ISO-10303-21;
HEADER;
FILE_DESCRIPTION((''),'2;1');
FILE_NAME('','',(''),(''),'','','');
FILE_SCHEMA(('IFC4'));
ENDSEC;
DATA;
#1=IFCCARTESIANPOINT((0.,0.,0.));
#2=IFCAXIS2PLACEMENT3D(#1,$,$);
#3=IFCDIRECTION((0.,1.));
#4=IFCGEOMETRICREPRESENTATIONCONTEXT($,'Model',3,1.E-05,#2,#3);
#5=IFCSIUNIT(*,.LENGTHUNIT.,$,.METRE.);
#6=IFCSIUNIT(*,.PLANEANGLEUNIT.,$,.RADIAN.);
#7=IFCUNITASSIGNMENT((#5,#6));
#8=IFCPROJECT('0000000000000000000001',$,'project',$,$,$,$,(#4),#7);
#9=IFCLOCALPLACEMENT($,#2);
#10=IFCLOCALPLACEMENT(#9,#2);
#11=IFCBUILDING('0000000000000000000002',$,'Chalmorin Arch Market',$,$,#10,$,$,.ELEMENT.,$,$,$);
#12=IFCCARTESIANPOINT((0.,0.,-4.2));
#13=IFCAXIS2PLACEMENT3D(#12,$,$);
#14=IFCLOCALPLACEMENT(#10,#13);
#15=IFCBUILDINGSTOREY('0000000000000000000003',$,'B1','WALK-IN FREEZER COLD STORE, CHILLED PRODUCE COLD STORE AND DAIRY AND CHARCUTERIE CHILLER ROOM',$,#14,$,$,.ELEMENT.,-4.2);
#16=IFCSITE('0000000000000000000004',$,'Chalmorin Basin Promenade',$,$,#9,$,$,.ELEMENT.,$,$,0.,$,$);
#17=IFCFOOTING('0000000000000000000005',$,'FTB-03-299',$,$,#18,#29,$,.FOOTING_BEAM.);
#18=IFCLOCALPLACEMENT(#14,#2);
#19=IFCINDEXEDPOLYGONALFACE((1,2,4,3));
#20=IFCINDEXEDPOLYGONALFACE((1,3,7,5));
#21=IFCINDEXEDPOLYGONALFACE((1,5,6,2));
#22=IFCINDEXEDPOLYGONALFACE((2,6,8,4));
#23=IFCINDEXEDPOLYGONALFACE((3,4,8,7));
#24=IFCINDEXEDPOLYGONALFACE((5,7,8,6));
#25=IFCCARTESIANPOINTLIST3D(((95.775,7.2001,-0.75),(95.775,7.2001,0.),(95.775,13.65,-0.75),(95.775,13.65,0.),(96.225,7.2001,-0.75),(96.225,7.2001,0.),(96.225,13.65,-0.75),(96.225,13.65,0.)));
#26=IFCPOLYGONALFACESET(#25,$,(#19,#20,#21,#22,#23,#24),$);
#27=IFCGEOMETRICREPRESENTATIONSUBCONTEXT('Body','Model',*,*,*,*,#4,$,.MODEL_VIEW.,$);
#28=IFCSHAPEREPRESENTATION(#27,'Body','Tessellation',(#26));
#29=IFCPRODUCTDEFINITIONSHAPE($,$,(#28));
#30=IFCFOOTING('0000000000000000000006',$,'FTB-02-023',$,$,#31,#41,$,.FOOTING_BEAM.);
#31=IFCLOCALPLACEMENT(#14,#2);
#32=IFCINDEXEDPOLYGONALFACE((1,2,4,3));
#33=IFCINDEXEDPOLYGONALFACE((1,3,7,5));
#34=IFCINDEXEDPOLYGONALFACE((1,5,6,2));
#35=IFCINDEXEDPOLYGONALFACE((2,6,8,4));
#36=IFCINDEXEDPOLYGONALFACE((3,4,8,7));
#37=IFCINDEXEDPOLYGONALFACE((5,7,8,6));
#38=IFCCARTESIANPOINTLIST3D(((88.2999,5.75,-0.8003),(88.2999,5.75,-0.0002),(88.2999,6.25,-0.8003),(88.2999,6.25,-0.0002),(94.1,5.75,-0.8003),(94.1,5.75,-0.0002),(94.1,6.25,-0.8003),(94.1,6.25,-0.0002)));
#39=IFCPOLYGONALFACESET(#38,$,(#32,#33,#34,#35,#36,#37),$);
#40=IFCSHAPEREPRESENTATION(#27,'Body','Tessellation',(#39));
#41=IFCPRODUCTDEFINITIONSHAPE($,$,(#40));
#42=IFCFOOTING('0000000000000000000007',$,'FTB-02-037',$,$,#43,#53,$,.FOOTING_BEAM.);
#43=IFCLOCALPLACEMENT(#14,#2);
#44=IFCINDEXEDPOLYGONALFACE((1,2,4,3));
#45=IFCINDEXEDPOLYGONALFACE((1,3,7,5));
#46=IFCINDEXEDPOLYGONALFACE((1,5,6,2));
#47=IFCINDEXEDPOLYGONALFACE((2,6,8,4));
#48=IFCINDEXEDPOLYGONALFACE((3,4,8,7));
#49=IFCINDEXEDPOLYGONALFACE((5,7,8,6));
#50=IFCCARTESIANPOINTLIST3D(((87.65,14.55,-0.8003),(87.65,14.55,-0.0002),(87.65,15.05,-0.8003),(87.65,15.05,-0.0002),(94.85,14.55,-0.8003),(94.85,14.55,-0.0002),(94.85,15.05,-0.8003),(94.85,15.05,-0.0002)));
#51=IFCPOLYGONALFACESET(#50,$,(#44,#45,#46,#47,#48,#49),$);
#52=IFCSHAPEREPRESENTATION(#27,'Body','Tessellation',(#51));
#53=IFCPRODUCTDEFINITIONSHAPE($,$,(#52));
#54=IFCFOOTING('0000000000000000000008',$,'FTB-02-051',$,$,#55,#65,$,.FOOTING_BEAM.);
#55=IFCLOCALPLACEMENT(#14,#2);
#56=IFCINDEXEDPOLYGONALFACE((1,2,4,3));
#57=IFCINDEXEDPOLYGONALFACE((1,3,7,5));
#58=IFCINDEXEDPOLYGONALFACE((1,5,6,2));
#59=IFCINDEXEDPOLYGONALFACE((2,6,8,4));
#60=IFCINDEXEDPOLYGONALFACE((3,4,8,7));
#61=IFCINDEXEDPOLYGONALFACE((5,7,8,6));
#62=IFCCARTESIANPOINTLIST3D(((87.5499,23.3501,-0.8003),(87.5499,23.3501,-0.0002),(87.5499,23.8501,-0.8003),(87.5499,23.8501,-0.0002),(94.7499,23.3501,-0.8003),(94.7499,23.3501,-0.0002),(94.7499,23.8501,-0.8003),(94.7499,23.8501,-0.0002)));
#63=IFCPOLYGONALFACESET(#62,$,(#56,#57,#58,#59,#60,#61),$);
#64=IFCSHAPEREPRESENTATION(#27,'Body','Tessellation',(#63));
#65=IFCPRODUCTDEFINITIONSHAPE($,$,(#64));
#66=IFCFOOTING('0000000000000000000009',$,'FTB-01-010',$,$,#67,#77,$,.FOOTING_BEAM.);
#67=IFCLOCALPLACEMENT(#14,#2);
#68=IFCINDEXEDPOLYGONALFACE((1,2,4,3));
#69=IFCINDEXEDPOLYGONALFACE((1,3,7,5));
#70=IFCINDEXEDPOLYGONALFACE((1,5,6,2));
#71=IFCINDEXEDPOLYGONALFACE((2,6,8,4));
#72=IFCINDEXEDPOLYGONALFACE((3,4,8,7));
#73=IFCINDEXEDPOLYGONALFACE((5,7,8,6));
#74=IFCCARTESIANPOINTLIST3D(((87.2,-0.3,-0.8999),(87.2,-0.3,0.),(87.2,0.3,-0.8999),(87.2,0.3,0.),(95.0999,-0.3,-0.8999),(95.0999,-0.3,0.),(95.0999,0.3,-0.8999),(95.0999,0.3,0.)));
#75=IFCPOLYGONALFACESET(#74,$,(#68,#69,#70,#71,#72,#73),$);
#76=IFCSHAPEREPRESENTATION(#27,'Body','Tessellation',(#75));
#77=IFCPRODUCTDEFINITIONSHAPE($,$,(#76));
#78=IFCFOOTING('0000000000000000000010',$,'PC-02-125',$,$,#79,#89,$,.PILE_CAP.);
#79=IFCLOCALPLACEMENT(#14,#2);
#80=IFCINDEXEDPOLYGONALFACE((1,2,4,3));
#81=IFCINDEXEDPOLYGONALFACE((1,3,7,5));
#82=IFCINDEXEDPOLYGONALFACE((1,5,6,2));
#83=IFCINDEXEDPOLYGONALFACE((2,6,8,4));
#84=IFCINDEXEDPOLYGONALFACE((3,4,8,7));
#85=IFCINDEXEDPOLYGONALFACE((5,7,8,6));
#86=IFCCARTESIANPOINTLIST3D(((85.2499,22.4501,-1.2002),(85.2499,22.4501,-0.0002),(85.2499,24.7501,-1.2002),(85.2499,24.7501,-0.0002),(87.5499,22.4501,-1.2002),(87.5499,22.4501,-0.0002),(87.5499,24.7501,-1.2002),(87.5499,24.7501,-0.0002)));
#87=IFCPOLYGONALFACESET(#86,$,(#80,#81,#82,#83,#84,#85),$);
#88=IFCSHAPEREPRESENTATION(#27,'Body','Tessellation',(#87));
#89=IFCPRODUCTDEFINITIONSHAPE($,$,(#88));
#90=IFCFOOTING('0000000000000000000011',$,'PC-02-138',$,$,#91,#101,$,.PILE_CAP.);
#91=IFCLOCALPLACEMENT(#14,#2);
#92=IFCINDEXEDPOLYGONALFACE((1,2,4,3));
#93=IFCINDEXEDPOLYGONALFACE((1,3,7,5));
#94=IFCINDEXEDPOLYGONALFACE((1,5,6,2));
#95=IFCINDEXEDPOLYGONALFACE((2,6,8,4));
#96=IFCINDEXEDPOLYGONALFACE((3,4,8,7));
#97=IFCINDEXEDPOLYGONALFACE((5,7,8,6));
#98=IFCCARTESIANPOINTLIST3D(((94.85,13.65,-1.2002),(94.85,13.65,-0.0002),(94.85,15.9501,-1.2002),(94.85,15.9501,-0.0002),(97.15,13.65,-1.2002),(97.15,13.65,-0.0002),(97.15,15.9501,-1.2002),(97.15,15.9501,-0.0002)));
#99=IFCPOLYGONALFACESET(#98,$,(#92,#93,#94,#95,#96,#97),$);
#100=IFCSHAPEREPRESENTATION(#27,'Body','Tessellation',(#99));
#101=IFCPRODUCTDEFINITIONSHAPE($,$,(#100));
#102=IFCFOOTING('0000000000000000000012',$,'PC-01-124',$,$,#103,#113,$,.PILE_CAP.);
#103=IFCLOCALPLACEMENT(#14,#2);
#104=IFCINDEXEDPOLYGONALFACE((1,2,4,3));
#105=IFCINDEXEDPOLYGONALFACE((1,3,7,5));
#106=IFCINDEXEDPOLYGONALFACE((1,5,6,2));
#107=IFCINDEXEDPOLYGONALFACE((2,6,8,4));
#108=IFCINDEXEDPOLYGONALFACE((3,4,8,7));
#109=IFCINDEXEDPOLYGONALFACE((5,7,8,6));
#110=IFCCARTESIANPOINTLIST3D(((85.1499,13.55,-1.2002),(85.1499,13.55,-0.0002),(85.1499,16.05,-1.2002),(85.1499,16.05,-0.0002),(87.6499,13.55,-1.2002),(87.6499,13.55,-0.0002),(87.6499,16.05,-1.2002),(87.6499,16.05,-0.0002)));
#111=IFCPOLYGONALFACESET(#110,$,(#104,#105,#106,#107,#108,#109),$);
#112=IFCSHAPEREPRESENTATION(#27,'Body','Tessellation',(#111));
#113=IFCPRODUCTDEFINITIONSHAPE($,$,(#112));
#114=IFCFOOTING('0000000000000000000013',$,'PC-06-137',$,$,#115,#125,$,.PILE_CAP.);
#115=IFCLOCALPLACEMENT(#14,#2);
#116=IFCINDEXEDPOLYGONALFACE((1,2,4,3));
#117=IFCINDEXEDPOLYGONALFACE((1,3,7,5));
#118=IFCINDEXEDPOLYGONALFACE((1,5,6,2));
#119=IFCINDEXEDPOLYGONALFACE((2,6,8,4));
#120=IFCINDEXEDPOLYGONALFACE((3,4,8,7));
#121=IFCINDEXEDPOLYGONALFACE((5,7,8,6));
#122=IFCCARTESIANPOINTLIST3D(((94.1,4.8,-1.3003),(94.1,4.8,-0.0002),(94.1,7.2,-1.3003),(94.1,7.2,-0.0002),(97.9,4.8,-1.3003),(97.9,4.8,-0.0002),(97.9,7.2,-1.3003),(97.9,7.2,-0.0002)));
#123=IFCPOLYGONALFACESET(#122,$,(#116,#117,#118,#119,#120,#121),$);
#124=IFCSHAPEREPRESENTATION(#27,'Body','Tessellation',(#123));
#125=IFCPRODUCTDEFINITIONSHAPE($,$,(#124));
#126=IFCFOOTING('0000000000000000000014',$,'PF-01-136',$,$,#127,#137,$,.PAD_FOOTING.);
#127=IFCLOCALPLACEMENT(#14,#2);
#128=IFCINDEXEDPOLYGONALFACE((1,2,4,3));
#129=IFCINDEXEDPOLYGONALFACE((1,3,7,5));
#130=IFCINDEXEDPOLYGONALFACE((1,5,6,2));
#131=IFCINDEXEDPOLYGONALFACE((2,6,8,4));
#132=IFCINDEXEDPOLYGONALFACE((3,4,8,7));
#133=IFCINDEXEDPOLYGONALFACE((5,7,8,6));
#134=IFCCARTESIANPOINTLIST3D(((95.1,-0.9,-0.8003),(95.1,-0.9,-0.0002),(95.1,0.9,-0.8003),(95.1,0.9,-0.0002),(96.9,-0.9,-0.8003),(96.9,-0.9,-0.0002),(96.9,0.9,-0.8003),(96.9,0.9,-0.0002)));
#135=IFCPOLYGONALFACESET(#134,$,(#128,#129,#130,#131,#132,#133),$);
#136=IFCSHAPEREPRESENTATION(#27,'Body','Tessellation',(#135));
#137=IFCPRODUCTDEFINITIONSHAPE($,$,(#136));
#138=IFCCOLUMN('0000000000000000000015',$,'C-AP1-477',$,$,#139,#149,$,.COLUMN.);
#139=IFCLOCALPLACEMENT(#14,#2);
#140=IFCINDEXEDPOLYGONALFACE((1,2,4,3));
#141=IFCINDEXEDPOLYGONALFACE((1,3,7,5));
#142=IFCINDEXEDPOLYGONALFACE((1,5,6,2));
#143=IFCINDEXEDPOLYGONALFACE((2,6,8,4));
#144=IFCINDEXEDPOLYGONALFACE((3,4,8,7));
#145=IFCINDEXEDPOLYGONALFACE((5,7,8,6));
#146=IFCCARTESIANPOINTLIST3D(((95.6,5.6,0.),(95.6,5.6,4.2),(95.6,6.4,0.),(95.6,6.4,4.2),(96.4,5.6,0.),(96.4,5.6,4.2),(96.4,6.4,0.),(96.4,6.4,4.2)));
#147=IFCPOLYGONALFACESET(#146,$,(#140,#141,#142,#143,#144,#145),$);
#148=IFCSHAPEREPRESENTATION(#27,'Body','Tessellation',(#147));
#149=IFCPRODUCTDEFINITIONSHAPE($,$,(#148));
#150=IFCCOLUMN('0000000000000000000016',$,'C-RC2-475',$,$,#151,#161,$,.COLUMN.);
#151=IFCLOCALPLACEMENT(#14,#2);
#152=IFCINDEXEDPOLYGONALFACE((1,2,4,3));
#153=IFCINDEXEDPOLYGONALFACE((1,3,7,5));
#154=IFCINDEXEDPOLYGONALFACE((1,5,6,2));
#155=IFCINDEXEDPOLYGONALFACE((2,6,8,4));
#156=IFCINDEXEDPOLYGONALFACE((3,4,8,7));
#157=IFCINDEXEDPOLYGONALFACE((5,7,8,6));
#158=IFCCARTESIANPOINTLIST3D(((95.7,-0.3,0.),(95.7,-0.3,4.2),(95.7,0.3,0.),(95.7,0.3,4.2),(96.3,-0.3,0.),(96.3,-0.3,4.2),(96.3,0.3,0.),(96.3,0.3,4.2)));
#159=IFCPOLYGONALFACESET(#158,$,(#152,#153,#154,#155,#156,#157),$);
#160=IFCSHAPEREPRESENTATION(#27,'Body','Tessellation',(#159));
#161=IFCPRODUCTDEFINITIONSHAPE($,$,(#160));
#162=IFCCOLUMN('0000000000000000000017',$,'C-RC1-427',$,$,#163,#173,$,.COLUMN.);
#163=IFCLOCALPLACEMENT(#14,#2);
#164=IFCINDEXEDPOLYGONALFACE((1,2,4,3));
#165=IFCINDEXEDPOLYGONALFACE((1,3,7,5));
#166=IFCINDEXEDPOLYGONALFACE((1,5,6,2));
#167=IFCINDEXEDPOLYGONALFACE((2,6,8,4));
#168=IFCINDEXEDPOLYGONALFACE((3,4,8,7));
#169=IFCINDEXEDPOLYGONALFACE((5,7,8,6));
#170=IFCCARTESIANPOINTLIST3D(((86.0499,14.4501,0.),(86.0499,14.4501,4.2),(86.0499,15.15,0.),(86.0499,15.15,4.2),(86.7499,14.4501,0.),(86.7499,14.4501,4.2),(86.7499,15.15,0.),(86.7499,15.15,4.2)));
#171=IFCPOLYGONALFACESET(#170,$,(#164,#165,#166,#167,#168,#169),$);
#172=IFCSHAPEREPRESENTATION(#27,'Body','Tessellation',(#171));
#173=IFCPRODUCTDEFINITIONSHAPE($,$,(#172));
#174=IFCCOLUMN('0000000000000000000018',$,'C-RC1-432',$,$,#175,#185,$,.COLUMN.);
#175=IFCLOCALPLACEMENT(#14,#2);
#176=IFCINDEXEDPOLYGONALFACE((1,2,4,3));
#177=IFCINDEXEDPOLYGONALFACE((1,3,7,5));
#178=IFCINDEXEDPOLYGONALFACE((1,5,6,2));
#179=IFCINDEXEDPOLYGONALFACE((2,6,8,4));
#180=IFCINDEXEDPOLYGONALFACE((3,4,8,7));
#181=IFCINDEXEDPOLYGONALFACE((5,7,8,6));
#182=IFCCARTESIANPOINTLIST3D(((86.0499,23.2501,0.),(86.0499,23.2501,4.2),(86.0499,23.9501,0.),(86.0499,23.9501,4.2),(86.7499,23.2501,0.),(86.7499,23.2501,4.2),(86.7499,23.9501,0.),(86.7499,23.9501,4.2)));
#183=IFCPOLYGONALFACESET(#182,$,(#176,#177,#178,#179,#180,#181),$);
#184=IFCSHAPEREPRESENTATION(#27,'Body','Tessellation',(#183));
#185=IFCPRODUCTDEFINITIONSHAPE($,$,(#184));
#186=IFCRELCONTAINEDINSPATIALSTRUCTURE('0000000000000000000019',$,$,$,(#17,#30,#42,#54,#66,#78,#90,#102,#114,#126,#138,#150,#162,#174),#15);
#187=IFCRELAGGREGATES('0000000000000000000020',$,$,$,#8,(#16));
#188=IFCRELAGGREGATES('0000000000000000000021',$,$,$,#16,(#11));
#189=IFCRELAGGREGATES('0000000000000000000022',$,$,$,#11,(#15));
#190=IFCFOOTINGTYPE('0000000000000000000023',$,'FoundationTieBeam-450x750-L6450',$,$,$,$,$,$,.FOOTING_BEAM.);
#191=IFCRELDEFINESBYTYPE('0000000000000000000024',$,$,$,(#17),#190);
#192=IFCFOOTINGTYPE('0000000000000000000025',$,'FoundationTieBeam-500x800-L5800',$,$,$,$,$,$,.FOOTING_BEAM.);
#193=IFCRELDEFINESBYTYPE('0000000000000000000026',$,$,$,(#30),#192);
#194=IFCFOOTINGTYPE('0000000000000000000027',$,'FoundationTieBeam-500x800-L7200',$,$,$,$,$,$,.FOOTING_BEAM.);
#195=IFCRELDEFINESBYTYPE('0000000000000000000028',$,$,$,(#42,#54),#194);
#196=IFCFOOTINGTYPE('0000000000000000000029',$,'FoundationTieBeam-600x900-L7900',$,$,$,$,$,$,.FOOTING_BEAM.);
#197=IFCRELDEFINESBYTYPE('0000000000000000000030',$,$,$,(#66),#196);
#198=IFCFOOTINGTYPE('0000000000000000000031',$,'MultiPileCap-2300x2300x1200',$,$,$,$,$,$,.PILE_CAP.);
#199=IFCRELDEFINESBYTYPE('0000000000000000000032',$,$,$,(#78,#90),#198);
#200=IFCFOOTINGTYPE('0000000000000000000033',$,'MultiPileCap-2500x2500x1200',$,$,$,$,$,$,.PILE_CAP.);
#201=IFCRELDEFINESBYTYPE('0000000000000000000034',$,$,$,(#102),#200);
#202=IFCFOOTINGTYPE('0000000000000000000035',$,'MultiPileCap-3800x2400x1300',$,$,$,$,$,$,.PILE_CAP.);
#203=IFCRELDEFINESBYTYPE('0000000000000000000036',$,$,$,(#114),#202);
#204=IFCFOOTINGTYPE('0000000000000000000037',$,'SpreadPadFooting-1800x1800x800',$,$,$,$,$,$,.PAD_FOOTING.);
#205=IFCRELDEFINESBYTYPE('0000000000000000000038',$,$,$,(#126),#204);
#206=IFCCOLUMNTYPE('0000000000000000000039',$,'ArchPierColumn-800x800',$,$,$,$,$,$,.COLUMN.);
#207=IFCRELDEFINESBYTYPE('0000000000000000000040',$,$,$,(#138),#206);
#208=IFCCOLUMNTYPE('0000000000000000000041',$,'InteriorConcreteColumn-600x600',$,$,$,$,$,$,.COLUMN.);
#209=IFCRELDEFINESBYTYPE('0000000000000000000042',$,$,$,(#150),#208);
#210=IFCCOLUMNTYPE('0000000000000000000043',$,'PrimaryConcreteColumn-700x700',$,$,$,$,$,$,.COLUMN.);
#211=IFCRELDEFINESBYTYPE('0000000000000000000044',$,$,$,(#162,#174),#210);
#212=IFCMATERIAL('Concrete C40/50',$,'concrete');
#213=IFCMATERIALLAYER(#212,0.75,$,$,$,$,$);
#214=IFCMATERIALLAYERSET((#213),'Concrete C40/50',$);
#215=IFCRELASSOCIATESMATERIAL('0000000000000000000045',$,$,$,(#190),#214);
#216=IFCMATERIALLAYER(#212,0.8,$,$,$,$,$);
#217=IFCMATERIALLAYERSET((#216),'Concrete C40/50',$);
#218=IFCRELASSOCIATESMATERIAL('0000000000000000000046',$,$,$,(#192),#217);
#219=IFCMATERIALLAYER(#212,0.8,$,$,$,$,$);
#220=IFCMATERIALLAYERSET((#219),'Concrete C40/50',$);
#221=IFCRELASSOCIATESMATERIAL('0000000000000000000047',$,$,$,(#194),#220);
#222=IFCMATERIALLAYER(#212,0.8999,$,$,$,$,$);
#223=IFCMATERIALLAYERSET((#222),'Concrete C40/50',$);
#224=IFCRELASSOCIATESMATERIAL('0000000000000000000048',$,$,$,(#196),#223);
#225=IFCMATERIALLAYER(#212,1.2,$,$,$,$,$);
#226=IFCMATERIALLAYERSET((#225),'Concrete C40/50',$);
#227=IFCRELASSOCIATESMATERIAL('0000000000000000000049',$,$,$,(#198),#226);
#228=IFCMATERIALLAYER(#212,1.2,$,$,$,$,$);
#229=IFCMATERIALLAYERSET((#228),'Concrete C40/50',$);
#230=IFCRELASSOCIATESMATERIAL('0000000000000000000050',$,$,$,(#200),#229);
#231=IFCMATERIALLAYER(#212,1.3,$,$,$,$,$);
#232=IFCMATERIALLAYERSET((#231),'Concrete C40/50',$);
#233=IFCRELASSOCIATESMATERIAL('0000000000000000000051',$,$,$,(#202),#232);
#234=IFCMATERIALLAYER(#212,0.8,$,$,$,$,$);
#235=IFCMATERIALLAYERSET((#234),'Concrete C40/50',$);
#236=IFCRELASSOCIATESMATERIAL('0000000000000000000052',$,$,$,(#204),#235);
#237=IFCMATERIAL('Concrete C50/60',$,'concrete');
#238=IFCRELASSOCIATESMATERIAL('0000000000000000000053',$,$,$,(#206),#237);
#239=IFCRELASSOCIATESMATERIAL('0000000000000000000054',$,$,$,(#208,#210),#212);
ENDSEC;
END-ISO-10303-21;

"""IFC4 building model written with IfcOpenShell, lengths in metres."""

from ifc_helpers import new_model, si_unit, direction, frame, origin, origin_2d, place, context, subcontext, project, spatial, rectangle, extrude, material, layer, layer_set, material_profile, profile_set, type_object, element, save


model = new_model("IFC4")

# Units and contexts
model_context = context("Model", 3, precision=1e-05, world=origin(), true_north=direction((0.0, 1.0)))
body_context = subcontext(model_context, "Body", "Model", "MODEL_VIEW")
ifc_project = project(units=[si_unit("LENGTHUNIT", "METRE"), si_unit("PLANEANGLEUNIT", "RADIAN")], contexts=[model_context])

# Site, building, storey
site_placement = place(None, origin())
site = spatial("IfcSite", under=ifc_project, at=site_placement, Name="Chalmorin Basin Promenade", CompositionType="ELEMENT", RefElevation=0.0)
building_placement = place(site_placement, origin())
building = spatial("IfcBuilding", under=site, at=building_placement, Name="Chalmorin Arch Market", CompositionType="ELEMENT")
storey_placement = place(building_placement, frame((0.0, 0.0, -4.2)))
storey = spatial("IfcBuildingStorey", under=building, at=storey_placement, Name="B1", Description="WALK-IN FREEZER COLD STORE, CHILLED PRODUCE COLD STORE AND DAIRY AND CHARCUTERIE CHILLER ROOM", CompositionType="ELEMENT", Elevation=-4.2)

# Footings
ifc_material_1 = material(Name="Concrete C40/50", Category="concrete")
ifc_layer_1 = layer(ifc_material_1, 0.75)
ifc_layer_set_1 = layer_set([ifc_layer_1], Name="Concrete C40/50")
footing_type_1 = type_object("IfcFootingType", Name="FoundationTieBeam-450x750-L6450", PredefinedType="FOOTING_BEAM", material=ifc_layer_set_1)
footing_1_placement = place(storey_placement, frame((96.0, 10.425, -0.75), z_axis=(0.0, 0.0, 1.0), x_axis=(0.0, 1.0, 0.0)))
element("IfcFooting", 1, at=footing_1_placement, inside=storey, type_object=footing_type_1, Name="FTB-03-299", PredefinedType="FOOTING_BEAM", context=body_context, shape_type="SweptSolid", body=[
    extrude(rectangle(XDim=6.45, YDim=0.45, at=origin_2d()), origin(), (0.0, 0.0, 1.0), 0.75),
])
ifc_layer_2 = layer(ifc_material_1, 0.8)
ifc_layer_set_2 = layer_set([ifc_layer_2], Name="Concrete C40/50")
footing_type_2 = type_object("IfcFootingType", Name="FoundationTieBeam-500x800-L5800", PredefinedType="FOOTING_BEAM", material=ifc_layer_set_2)
footing_2_placement = place(storey_placement, frame((91.2, 6.0, -0.8003), z_axis=(0.0, 0.0, 1.0), x_axis=(1.0, 0.0, 0.0)))
element("IfcFooting", 2, at=footing_2_placement, inside=storey, type_object=footing_type_2, Name="FTB-02-023", PredefinedType="FOOTING_BEAM", context=body_context, shape_type="SweptSolid", body=[
    extrude(rectangle(XDim=5.8, YDim=0.5, at=origin_2d()), origin(), (0.0, 0.0, 1.0), 0.8),
])
ifc_layer_3 = layer(ifc_material_1, 0.8)
ifc_layer_set_3 = layer_set([ifc_layer_3], Name="Concrete C40/50")
footing_type_3 = type_object("IfcFootingType", Name="FoundationTieBeam-500x800-L7200", PredefinedType="FOOTING_BEAM", material=ifc_layer_set_3)
for number, where, z_axis, x_axis, name in (
    (3, (91.25, 14.8, -0.8003), (0.0, 0.0, 1.0), (1.0, 0.0, 0.0), "FTB-02-037"),
    (4, (91.1499, 23.6001, -0.8003), (0.0, 0.0, 1.0), (1.0, 0.0, 0.0), "FTB-02-051"),
):
    element("IfcFooting", number, at=place(storey_placement, frame(where, z_axis=z_axis, x_axis=x_axis)), inside=storey, type_object=footing_type_3, Name=name, PredefinedType="FOOTING_BEAM", context=body_context, shape_type="SweptSolid", body=[
        extrude(rectangle(XDim=7.2, YDim=0.5, at=origin_2d()), origin(), (0.0, 0.0, 1.0), 0.8),
    ])
ifc_layer_4 = layer(ifc_material_1, 0.8999)
ifc_layer_set_4 = layer_set([ifc_layer_4], Name="Concrete C40/50")
footing_type_4 = type_object("IfcFootingType", Name="FoundationTieBeam-600x900-L7900", PredefinedType="FOOTING_BEAM", material=ifc_layer_set_4)
footing_3_placement = place(storey_placement, frame((91.1499, 0.0, -0.8999), z_axis=(0.0, 0.0, 1.0), x_axis=(1.0, 0.0, 0.0)))
element("IfcFooting", 5, at=footing_3_placement, inside=storey, type_object=footing_type_4, Name="FTB-01-010", PredefinedType="FOOTING_BEAM", context=body_context, shape_type="SweptSolid", body=[
    extrude(rectangle(XDim=7.8999, YDim=0.6001, at=origin_2d()), origin(), (0.0, 0.0, 1.0), 0.8999),
])
ifc_layer_5 = layer(ifc_material_1, 1.2)
ifc_layer_set_5 = layer_set([ifc_layer_5], Name="Concrete C40/50")
footing_type_5 = type_object("IfcFootingType", Name="MultiPileCap-2300x2300x1200", PredefinedType="PILE_CAP", material=ifc_layer_set_5)
for number, where, z_axis, x_axis, name in (
    (6, (86.3999, 23.6001, -1.2002), (0.0, 0.0, 1.0), (1.0, 0.0, 0.0), "PC-02-125"),
    (7, (96.0, 14.8, -1.2002), (0.0, 0.0, 1.0), (1.0, 0.0, 0.0), "PC-02-138"),
):
    element("IfcFooting", number, at=place(storey_placement, frame(where, z_axis=z_axis, x_axis=x_axis)), inside=storey, type_object=footing_type_5, Name=name, PredefinedType="PILE_CAP", context=body_context, shape_type="SweptSolid", body=[
        extrude(rectangle(XDim=2.3, YDim=2.3, at=origin_2d()), origin(), (0.0, 0.0, 1.0), 1.2),
    ])
ifc_layer_6 = layer(ifc_material_1, 1.2)
ifc_layer_set_6 = layer_set([ifc_layer_6], Name="Concrete C40/50")
footing_type_6 = type_object("IfcFootingType", Name="MultiPileCap-2500x2500x1200", PredefinedType="PILE_CAP", material=ifc_layer_set_6)
footing_4_placement = place(storey_placement, frame((86.3999, 14.8, -1.2002), z_axis=(0.0, 0.0, 1.0), x_axis=(1.0, 0.0, 0.0)))
element("IfcFooting", 8, at=footing_4_placement, inside=storey, type_object=footing_type_6, Name="PC-01-124", PredefinedType="PILE_CAP", context=body_context, shape_type="SweptSolid", body=[
    extrude(rectangle(XDim=2.5, YDim=2.5, at=origin_2d()), origin(), (0.0, 0.0, 1.0), 1.2),
])
ifc_layer_7 = layer(ifc_material_1, 1.3)
ifc_layer_set_7 = layer_set([ifc_layer_7], Name="Concrete C40/50")
footing_type_7 = type_object("IfcFootingType", Name="MultiPileCap-3800x2400x1300", PredefinedType="PILE_CAP", material=ifc_layer_set_7)
footing_5_placement = place(storey_placement, frame((96.0, 6.0, -1.3003), z_axis=(0.0, 0.0, 1.0), x_axis=(1.0, 0.0, 0.0)))
element("IfcFooting", 9, at=footing_5_placement, inside=storey, type_object=footing_type_7, Name="PC-06-137", PredefinedType="PILE_CAP", context=body_context, shape_type="SweptSolid", body=[
    extrude(rectangle(XDim=3.8, YDim=2.3999, at=origin_2d()), origin(), (0.0, 0.0, 1.0), 1.3),
])
ifc_layer_8 = layer(ifc_material_1, 0.8)
ifc_layer_set_8 = layer_set([ifc_layer_8], Name="Concrete C40/50")
footing_type_8 = type_object("IfcFootingType", Name="SpreadPadFooting-1800x1800x800", PredefinedType="PAD_FOOTING", material=ifc_layer_set_8)
footing_6_placement = place(storey_placement, frame((96.0, 0.0, -0.8003), z_axis=(0.0, 0.0, 1.0), x_axis=(1.0, 0.0, 0.0)))
element("IfcFooting", 10, at=footing_6_placement, inside=storey, type_object=footing_type_8, Name="PF-01-136", PredefinedType="PAD_FOOTING", context=body_context, shape_type="SweptSolid", body=[
    extrude(rectangle(XDim=1.8, YDim=1.8, at=origin_2d()), origin(), (0.0, 0.0, 1.0), 0.8),
])

# Columns
ifc_material_2 = material(Name="Concrete C50/60", Category="concrete")
ifc_material_profile_1 = material_profile(ifc_material_2, rectangle(XDim=0.8, YDim=0.8, at=origin_2d()), Name="RC800X800")
ifc_profile_set_1 = profile_set([ifc_material_profile_1], Name="Concrete C50/60")
column_type_1 = type_object("IfcColumnType", Name="ArchPierColumn-800x800", PredefinedType="COLUMN", material=ifc_profile_set_1)
column_1_placement = place(storey_placement, frame((96.0, 6.0, 0.0), z_axis=(0.0, 0.0, 1.0), x_axis=(1.0, 0.0, 0.0)))
element("IfcColumn", 11, at=column_1_placement, inside=storey, type_object=column_type_1, Name="C-AP1-477", PredefinedType="COLUMN", context=body_context, shape_type="SweptSolid", body=[
    extrude(rectangle(XDim=0.8, YDim=0.8, at=origin_2d()), origin(), (0.0, 0.0, 1.0), 4.2),
])
ifc_material_profile_2 = material_profile(ifc_material_1, rectangle(XDim=0.6001, YDim=0.6001, at=origin_2d()), Name="RC600X600")
ifc_profile_set_2 = profile_set([ifc_material_profile_2], Name="Concrete C40/50")
column_type_2 = type_object("IfcColumnType", Name="InteriorConcreteColumn-600x600", PredefinedType="COLUMN", material=ifc_profile_set_2)
column_2_placement = place(storey_placement, frame((96.0, 0.0, 0.0), z_axis=(0.0, 0.0, 1.0), x_axis=(1.0, 0.0, 0.0)))
element("IfcColumn", 12, at=column_2_placement, inside=storey, type_object=column_type_2, Name="C-RC2-475", PredefinedType="COLUMN", context=body_context, shape_type="SweptSolid", body=[
    extrude(rectangle(XDim=0.6001, YDim=0.6001, at=origin_2d()), origin(), (0.0, 0.0, 1.0), 4.2),
])
ifc_material_profile_3 = material_profile(ifc_material_1, rectangle(XDim=0.7, YDim=0.7, at=origin_2d()), Name="RC700X700")
ifc_profile_set_3 = profile_set([ifc_material_profile_3], Name="Concrete C40/50")
column_type_3 = type_object("IfcColumnType", Name="PrimaryConcreteColumn-700x700", PredefinedType="COLUMN", material=ifc_profile_set_3)
for number, where, z_axis, x_axis, name in (
    (13, (86.3999, 14.8, 0.0), (0.0, 0.0, 1.0), (1.0, 0.0, 0.0), "C-RC1-427"),
    (14, (86.3999, 23.6001, 0.0), (0.0, 0.0, 1.0), (1.0, 0.0, 0.0), "C-RC1-432"),
):
    element("IfcColumn", number, at=place(storey_placement, frame(where, z_axis=z_axis, x_axis=x_axis)), inside=storey, type_object=column_type_3, Name=name, PredefinedType="COLUMN", context=body_context, shape_type="SweptSolid", body=[
        extrude(rectangle(XDim=0.7, YDim=0.7, at=origin_2d()), origin(), (0.0, 0.0, 1.0), 4.2),
    ])

save(model, "model.ifc")
